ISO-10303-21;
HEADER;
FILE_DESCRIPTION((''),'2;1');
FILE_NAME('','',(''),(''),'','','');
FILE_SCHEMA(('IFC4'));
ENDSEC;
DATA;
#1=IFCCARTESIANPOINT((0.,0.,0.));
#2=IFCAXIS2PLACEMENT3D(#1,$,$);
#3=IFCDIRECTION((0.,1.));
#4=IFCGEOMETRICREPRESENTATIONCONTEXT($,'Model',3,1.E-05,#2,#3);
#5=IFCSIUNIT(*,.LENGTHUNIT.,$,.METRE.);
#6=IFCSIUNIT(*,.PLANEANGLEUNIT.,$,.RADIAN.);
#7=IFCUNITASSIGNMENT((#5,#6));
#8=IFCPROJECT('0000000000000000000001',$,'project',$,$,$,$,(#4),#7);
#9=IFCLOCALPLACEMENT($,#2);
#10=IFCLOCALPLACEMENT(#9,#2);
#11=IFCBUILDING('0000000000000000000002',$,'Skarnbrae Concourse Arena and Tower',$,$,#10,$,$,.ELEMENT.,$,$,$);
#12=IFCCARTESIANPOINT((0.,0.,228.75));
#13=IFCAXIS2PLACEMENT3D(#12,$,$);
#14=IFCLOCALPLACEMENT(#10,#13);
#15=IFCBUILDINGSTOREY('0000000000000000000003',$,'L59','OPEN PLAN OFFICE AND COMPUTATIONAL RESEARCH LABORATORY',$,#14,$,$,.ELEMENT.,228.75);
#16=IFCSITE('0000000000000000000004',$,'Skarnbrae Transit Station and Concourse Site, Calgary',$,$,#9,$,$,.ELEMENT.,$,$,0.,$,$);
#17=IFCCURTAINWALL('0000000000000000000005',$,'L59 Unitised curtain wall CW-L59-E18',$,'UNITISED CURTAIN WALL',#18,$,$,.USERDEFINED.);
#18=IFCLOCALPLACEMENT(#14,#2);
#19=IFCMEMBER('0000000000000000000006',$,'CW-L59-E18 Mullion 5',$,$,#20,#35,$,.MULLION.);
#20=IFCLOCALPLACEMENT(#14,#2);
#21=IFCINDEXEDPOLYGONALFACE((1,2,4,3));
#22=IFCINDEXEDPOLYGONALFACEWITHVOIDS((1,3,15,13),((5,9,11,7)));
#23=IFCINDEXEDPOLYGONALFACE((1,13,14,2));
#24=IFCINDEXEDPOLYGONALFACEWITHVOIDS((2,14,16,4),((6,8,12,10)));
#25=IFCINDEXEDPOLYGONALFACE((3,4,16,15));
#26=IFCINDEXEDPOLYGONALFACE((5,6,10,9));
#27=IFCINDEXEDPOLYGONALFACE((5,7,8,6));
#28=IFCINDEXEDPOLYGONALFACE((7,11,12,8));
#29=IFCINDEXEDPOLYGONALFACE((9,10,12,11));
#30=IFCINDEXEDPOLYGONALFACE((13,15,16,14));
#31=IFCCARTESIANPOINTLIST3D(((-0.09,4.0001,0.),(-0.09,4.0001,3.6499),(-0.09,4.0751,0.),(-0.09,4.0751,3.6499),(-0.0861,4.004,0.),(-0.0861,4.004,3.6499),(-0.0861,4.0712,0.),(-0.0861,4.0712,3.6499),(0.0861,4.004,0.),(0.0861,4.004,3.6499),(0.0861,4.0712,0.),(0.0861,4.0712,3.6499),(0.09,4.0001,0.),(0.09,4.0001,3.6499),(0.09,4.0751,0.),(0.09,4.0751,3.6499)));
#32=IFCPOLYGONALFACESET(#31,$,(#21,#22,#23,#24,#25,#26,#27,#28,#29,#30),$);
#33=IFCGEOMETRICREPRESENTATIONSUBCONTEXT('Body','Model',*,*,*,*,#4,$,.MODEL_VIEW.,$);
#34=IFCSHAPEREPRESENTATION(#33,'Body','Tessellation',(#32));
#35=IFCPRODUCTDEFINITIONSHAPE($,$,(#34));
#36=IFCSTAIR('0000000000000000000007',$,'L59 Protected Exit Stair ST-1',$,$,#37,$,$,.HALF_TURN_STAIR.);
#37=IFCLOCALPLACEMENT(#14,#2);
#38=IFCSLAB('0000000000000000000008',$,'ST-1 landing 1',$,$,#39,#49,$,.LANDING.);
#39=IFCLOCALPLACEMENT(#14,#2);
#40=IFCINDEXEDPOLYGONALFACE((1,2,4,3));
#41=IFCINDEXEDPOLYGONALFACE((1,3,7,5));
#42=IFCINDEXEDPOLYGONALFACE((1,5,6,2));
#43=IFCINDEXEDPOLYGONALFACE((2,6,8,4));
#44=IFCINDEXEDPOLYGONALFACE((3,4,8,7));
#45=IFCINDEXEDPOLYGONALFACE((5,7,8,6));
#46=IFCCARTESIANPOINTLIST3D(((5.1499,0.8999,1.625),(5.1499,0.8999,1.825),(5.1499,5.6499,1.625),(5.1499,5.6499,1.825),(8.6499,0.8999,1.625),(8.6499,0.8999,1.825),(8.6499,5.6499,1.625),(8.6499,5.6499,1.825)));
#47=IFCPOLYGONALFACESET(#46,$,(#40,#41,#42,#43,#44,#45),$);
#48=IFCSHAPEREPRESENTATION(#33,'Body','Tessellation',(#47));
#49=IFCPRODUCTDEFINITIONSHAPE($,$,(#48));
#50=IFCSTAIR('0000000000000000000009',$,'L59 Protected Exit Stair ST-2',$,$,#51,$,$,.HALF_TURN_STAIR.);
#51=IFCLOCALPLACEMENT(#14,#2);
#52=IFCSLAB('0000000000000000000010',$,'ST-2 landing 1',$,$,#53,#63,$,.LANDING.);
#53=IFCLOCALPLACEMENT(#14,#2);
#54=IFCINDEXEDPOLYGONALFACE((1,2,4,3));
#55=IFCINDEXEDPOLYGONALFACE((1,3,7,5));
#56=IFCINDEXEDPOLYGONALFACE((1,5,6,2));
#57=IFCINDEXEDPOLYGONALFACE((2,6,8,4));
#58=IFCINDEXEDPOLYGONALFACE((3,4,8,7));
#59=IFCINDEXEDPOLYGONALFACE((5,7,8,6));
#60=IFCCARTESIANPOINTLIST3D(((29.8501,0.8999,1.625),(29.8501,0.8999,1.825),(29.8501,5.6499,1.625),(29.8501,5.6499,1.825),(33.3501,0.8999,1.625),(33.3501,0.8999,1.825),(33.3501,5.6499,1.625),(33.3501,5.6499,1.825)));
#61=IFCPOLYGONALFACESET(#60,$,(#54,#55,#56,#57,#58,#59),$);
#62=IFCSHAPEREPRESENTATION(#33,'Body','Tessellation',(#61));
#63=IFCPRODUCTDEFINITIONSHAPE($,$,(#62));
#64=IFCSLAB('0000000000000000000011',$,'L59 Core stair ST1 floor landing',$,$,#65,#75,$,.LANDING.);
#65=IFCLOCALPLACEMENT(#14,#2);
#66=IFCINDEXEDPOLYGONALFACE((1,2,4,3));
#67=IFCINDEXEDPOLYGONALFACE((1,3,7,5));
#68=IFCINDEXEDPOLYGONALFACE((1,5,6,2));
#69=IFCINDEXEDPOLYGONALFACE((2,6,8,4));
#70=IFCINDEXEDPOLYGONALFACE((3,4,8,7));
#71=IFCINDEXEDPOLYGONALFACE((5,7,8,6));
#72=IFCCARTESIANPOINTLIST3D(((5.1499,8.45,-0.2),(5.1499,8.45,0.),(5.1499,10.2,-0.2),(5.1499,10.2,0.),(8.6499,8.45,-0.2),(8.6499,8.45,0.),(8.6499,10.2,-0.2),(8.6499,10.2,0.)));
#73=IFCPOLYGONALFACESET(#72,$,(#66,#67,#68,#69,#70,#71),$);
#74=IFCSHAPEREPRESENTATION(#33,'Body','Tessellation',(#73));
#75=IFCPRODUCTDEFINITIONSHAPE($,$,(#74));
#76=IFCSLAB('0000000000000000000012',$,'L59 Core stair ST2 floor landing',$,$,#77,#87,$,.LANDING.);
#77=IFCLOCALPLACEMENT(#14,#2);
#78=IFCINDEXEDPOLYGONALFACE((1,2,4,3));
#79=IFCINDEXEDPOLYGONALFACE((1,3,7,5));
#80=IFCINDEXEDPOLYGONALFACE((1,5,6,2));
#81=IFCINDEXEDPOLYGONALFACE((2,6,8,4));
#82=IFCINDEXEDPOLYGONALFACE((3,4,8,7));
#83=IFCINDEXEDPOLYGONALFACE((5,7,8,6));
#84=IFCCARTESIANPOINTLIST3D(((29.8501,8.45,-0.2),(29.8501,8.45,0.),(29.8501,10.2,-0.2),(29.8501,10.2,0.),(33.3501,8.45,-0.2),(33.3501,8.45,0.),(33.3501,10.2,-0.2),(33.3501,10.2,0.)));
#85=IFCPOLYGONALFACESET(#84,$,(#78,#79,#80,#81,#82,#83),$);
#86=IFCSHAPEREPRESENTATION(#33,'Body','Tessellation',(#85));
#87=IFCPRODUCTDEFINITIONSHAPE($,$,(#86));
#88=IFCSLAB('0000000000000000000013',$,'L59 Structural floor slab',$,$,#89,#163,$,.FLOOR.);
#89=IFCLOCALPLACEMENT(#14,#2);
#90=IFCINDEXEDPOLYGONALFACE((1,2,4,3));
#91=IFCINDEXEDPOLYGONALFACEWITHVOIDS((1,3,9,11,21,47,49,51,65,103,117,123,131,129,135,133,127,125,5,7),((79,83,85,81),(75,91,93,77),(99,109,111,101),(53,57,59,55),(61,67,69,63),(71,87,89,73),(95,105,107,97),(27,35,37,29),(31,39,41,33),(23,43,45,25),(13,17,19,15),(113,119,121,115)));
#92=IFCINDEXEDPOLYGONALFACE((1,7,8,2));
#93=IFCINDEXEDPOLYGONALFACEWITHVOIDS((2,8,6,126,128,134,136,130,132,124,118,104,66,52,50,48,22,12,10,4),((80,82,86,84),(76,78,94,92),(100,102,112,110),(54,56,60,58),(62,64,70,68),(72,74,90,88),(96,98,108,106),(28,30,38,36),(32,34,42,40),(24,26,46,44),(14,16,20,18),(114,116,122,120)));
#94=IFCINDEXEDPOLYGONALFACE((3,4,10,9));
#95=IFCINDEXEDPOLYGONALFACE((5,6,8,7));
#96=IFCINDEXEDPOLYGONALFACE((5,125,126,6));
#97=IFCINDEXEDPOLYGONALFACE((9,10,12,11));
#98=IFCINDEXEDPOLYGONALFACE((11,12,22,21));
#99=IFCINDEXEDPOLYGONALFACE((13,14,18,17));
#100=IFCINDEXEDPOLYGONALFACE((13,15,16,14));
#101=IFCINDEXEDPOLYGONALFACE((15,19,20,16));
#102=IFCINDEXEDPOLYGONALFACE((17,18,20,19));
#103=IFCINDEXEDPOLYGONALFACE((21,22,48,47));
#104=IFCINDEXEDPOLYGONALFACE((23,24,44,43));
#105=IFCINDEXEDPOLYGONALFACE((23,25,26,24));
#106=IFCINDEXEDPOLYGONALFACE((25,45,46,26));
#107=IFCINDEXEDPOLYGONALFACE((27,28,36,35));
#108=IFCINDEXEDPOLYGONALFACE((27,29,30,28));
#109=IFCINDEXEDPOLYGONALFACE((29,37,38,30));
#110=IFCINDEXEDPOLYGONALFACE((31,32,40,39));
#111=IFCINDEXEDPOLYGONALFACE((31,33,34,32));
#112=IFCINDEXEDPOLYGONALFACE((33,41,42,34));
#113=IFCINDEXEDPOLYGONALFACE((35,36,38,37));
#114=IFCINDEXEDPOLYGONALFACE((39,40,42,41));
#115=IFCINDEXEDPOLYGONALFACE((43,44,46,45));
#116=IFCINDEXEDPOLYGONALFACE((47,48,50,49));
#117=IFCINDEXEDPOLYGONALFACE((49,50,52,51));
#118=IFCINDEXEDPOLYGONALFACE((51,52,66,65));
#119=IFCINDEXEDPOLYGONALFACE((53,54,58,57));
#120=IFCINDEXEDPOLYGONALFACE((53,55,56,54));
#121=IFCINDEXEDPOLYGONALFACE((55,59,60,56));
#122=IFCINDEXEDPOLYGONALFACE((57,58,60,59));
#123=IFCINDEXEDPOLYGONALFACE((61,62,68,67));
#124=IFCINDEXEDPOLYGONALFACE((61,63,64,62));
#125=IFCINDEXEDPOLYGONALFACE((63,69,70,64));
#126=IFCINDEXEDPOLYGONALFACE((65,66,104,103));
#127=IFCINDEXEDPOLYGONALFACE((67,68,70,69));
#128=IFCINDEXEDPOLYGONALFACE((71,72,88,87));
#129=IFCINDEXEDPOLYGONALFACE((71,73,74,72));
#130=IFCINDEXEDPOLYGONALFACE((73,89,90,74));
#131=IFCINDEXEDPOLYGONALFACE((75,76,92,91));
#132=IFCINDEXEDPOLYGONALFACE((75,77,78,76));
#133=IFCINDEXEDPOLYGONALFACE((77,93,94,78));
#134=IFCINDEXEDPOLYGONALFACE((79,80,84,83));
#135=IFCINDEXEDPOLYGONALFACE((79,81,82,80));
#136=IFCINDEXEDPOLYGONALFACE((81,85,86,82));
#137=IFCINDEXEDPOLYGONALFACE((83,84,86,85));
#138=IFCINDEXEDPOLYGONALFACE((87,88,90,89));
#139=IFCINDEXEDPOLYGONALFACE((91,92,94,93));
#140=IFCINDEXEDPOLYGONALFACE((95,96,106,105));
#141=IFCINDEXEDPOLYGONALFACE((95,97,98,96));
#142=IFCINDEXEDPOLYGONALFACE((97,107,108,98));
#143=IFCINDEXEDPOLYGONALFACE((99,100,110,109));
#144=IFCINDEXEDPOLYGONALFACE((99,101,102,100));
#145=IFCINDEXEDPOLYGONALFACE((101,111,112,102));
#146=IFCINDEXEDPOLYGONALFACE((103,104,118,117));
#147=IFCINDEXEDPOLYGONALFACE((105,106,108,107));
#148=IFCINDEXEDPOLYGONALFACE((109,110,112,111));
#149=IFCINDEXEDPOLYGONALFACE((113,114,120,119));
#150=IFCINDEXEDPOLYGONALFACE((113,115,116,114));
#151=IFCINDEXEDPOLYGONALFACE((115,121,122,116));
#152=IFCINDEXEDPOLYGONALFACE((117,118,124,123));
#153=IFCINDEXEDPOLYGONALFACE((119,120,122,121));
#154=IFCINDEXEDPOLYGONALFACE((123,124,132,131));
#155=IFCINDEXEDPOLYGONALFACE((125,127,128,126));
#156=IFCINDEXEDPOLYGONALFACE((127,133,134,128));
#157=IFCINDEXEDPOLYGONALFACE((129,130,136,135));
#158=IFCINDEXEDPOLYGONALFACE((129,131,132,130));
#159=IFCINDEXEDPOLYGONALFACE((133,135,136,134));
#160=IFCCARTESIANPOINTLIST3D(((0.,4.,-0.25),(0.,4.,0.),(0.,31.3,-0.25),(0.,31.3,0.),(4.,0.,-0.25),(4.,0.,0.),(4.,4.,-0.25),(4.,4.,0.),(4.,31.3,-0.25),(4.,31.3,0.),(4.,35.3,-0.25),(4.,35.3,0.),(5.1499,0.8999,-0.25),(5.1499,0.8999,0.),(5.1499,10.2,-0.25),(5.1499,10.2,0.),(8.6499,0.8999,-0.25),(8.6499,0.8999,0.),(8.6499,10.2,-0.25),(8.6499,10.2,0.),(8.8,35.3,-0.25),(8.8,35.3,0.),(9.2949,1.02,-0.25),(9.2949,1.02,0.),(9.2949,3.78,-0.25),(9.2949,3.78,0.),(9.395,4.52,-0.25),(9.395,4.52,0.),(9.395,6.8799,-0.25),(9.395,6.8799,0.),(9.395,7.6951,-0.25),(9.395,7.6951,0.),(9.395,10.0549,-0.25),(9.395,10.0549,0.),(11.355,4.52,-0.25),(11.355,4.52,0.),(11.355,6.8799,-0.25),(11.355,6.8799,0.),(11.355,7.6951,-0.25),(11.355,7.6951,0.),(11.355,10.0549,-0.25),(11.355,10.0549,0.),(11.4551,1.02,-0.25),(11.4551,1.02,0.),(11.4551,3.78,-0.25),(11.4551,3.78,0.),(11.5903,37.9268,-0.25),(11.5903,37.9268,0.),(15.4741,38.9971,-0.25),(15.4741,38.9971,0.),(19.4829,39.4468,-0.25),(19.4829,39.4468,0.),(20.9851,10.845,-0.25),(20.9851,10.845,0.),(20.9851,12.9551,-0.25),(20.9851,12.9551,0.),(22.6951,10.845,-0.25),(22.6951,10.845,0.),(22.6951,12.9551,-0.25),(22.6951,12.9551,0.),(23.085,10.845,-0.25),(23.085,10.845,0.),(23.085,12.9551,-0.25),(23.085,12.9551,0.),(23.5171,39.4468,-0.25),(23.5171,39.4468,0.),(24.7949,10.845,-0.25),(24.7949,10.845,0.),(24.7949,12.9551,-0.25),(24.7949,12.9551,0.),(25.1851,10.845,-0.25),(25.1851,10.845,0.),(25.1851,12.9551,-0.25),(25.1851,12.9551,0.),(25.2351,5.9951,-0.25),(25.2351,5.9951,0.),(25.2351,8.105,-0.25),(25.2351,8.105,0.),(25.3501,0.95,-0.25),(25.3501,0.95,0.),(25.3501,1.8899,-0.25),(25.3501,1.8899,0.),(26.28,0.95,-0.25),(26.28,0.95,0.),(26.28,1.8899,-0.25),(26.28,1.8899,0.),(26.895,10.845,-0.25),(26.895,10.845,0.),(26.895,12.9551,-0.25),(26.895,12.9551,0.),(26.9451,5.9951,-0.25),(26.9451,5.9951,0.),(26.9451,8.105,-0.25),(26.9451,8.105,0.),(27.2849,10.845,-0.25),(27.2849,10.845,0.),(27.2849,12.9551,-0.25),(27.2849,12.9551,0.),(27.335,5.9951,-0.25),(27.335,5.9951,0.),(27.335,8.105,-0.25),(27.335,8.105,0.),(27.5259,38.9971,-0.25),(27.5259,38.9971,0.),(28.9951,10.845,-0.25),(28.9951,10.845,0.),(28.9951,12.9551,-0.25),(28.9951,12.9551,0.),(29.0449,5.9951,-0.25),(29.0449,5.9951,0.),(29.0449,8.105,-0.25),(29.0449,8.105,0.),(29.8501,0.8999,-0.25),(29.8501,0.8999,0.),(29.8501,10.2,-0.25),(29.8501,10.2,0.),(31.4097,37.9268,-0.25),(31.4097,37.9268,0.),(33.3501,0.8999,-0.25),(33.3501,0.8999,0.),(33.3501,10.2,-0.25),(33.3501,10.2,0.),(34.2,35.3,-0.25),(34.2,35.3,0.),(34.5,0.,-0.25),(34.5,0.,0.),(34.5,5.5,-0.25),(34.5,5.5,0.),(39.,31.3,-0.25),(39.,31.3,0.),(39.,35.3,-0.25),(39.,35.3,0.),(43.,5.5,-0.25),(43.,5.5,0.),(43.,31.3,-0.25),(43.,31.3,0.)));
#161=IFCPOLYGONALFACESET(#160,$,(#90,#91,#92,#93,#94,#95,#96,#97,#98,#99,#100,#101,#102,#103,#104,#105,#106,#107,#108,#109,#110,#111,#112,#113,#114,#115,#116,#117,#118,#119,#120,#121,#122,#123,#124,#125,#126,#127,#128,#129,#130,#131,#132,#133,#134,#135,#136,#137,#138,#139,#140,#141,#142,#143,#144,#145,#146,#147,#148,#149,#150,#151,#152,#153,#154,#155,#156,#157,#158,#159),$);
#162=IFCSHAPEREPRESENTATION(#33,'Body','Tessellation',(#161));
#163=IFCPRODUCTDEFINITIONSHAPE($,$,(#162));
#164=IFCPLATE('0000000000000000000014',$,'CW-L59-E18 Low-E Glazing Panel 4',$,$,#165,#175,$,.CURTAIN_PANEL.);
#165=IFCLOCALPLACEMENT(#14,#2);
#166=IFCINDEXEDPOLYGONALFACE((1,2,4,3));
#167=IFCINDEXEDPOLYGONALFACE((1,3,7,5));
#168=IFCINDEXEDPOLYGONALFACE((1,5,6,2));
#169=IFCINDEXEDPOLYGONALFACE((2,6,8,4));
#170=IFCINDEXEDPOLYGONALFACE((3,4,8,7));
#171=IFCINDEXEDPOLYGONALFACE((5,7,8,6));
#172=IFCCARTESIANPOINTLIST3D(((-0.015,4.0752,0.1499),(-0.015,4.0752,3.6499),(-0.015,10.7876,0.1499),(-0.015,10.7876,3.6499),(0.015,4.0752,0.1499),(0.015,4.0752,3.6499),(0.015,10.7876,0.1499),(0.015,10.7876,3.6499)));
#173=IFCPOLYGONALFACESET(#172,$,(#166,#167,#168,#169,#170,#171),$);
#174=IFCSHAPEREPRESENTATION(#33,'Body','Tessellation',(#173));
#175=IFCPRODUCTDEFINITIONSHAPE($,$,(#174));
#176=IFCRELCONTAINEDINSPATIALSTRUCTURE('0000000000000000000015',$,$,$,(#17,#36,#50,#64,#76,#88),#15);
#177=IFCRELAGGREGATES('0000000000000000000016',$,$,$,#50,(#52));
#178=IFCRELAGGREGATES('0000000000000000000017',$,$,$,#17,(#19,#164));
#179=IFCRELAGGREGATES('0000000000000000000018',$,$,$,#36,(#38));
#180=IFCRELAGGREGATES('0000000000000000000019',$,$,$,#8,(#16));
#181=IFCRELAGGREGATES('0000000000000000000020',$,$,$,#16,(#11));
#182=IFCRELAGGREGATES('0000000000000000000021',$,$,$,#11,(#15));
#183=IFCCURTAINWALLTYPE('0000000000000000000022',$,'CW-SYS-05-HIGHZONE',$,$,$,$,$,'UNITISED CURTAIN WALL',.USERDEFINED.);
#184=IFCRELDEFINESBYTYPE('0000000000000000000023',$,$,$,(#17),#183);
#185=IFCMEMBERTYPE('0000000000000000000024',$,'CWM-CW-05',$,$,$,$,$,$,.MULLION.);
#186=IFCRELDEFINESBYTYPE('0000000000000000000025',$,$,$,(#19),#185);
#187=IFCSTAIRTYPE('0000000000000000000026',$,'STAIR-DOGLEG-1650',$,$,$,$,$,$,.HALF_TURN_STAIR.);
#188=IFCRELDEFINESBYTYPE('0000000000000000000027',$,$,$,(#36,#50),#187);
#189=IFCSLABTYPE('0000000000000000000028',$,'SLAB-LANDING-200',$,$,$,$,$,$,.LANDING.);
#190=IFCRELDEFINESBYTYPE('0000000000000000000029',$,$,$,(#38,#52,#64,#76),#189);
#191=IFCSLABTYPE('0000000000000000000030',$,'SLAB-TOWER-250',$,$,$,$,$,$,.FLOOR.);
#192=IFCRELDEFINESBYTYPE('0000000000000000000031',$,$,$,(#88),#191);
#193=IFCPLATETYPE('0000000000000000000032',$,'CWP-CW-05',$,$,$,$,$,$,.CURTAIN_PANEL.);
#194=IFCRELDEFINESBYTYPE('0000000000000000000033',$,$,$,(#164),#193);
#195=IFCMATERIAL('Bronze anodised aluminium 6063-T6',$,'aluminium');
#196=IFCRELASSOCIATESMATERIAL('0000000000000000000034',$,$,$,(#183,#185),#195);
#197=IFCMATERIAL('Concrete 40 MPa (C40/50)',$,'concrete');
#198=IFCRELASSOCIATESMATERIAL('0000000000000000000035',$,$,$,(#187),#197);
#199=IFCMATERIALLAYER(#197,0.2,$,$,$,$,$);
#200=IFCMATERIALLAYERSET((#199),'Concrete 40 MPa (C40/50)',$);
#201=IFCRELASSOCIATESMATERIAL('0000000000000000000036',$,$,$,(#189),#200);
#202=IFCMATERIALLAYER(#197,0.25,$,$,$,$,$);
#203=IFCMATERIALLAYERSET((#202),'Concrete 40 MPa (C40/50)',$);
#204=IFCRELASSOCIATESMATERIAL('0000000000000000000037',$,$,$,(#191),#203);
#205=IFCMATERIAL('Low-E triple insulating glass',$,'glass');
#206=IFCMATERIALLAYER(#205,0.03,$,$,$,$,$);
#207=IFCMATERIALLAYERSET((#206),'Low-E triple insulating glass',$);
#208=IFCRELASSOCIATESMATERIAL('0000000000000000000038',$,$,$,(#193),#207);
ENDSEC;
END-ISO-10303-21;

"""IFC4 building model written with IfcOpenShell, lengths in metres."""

from ifc_helpers import new_model, si_unit, direction, frame, origin, origin_2d, place, context, subcontext, project, spatial, polyline, rectangle, hollow_rectangle, outline, extrude, source, transform, mapped, material, layer, layer_set, material_profile, profile_set, type_object, element, aggregate, save


model = new_model("IFC4")

# Units and contexts
model_context = context("Model", 3, precision=1e-05, world=origin(), true_north=direction((0.0, 1.0)))
body_context = subcontext(model_context, "Body", "Model", "MODEL_VIEW")
ifc_project = project(units=[si_unit("LENGTHUNIT", "METRE"), si_unit("PLANEANGLEUNIT", "RADIAN")], contexts=[model_context])

# Site, building, storey
site_placement = place(None, origin())
site = spatial("IfcSite", under=ifc_project, at=site_placement, Name="Skarnbrae Transit Station and Concourse Site, Calgary", CompositionType="ELEMENT", RefElevation=0.0)
building_placement = place(site_placement, origin())
building = spatial("IfcBuilding", under=site, at=building_placement, Name="Skarnbrae Concourse Arena and Tower", CompositionType="ELEMENT")
storey_placement = place(building_placement, frame((0.0, 0.0, 228.75)))
storey = spatial("IfcBuildingStorey", under=building, at=storey_placement, Name="L59", Description="OPEN PLAN OFFICE AND COMPUTATIONAL RESEARCH LABORATORY", CompositionType="ELEMENT", Elevation=228.75)

# Curtain wall, member
ifc_material_1 = material(Name="Bronze anodised aluminium 6063-T6", Category="aluminium")
curtain_wall_type = type_object("IfcCurtainWallType", Name="CW-SYS-05-HIGHZONE", ElementType="UNITISED CURTAIN WALL", PredefinedType="USERDEFINED", material=ifc_material_1)
curtain_wall_placement = place(storey_placement, origin())
curtain_wall = element("IfcCurtainWall", 1, at=curtain_wall_placement, inside=storey, type_object=curtain_wall_type, Name="L59 Unitised curtain wall CW-L59-E18", ObjectType="UNITISED CURTAIN WALL", PredefinedType="USERDEFINED")
ifc_material_profile = material_profile(ifc_material_1, hollow_rectangle(XDim=0.075, YDim=0.1799, WallThickness=0.0039, at=origin_2d()), Name="ALU-MULL-75X180")
ifc_profile_set = profile_set([ifc_material_profile], Name="Bronze anodised aluminium 6063-T6")
member_type = type_object("IfcMemberType", Name="CWM-CW-05", PredefinedType="MULLION", material=ifc_profile_set)
shared_shape_1 = source(origin(), body_context, "Body", "SweptSolid", [
    extrude(hollow_rectangle(XDim=0.075, YDim=0.1799, WallThickness=0.0039, at=origin_2d()), origin(), (0.0, 0.0, 1.0), 3.6499),
])
member_placement = place(storey_placement, frame((0.0, 4.0376, 0.0), z_axis=(0.0, 0.0, 1.0), x_axis=(0.0, -1.0, 0.0)))
member = element("IfcMember", 2, at=member_placement, type_object=member_type, Name="CW-L59-E18 Mullion 5", PredefinedType="MULLION", context=body_context, shape_type="MappedRepresentation", body=[
    mapped(shared_shape_1, transform((0.0, 0.0, 0.0))),
])

# Stairs, slabs
ifc_material_2 = material(Name="Concrete 40 MPa (C40/50)", Category="concrete")
stair_type = type_object("IfcStairType", Name="STAIR-DOGLEG-1650", PredefinedType="HALF_TURN_STAIR", material=ifc_material_2)
stair_1_placement = place(storey_placement, origin())
stair_1 = element("IfcStair", 3, at=stair_1_placement, inside=storey, type_object=stair_type, Name="L59 Protected Exit Stair ST-1", PredefinedType="HALF_TURN_STAIR")
ifc_layer_1 = layer(ifc_material_2, 0.2)
ifc_layer_set_1 = layer_set([ifc_layer_1], Name="Concrete 40 MPa (C40/50)")
slab_type_1 = type_object("IfcSlabType", Name="SLAB-LANDING-200", PredefinedType="LANDING", material=ifc_layer_set_1)
slab_1_placement = place(storey_placement, frame((0.0, 0.0, 1.625)))
slab_1 = element("IfcSlab", 4, at=slab_1_placement, type_object=slab_type_1, Name="ST-1 landing 1", PredefinedType="LANDING", context=body_context, shape_type="SweptSolid", body=[
    extrude(outline(polyline([(5.1499, 5.6499), (5.1499, 0.8999), (8.6499, 0.8999), (8.6499, 5.6499), (5.1499, 5.6499)])), origin(), (0.0, 0.0, 1.0), 0.2),
])
stair_2_placement = place(storey_placement, origin())
stair_2 = element("IfcStair", 5, at=stair_2_placement, inside=storey, type_object=stair_type, Name="L59 Protected Exit Stair ST-2", PredefinedType="HALF_TURN_STAIR")
slab_2_placement = place(storey_placement, frame((0.0, 0.0, 1.625)))
slab_2 = element("IfcSlab", 6, at=slab_2_placement, type_object=slab_type_1, Name="ST-2 landing 1", PredefinedType="LANDING", context=body_context, shape_type="SweptSolid", body=[
    extrude(outline(polyline([(29.8501, 5.6499), (29.8501, 0.8999), (33.3501, 0.8999), (33.3501, 5.6499), (29.8501, 5.6499)])), origin(), (0.0, 0.0, 1.0), 0.2),
])
aggregate(stair_2, [slab_2])

# Slabs
slab_3_placement = place(storey_placement, frame((0.0, 0.0, -0.2)))
element("IfcSlab", 7, at=slab_3_placement, inside=storey, type_object=slab_type_1, Name="L59 Core stair ST1 floor landing", PredefinedType="LANDING", context=body_context, shape_type="SweptSolid", body=[
    extrude(outline(polyline([(5.1499, 10.2), (5.1499, 8.45), (8.6499, 8.45), (8.6499, 10.2), (5.1499, 10.2)])), origin(), (0.0, 0.0, 1.0), 0.2),
])
slab_4_placement = place(storey_placement, frame((0.0, 0.0, -0.2)))
element("IfcSlab", 8, at=slab_4_placement, inside=storey, type_object=slab_type_1, Name="L59 Core stair ST2 floor landing", PredefinedType="LANDING", context=body_context, shape_type="SweptSolid", body=[
    extrude(outline(polyline([(29.8501, 10.2), (29.8501, 8.45), (33.3501, 8.45), (33.3501, 10.2), (29.8501, 10.2)])), origin(), (0.0, 0.0, 1.0), 0.2),
])
ifc_layer_2 = layer(ifc_material_2, 0.25)
ifc_layer_set_2 = layer_set([ifc_layer_2], Name="Concrete 40 MPa (C40/50)")
slab_type_2 = type_object("IfcSlabType", Name="SLAB-TOWER-250", PredefinedType="FLOOR", material=ifc_layer_set_2)
slab_5_placement = place(storey_placement, frame((0.0, 0.0, -0.25)))
element("IfcSlab", 9, at=slab_5_placement, inside=storey, type_object=slab_type_2, Name="L59 Structural floor slab", PredefinedType="FLOOR", context=body_context, shape_type="SweptSolid", body=[
    extrude(outline(polyline([(4.0, 0.0), (34.5, 0.0), (34.5, 5.5), (43.0, 5.5), (43.0, 31.3), (39.0, 31.3), (39.0, 35.3), (34.2, 35.3), (31.4097, 37.9268), (27.5259, 38.9971), (23.5171, 39.4468), (19.4829, 39.4468), (15.4741, 38.9971), (11.5903, 37.9268), (8.8, 35.3), (4.0, 35.3), (4.0, 31.3), (0.0, 31.3), (0.0, 4.0), (4.0, 4.0), (4.0, 0.0)]), holes=[polyline([(9.2949, 1.02), (9.2949, 3.78), (11.4551, 3.78), (11.4551, 1.02), (9.2949, 1.02)]), polyline([(8.6499, 10.2), (8.6499, 0.8999), (5.1499, 0.8999), (5.1499, 10.2), (8.6499, 10.2)]), polyline([(9.395, 6.8799), (11.355, 6.8799), (11.355, 4.52), (9.395, 4.52), (9.395, 6.8799)]), polyline([(9.395, 7.6951), (9.395, 10.0549), (11.355, 10.0549), (11.355, 7.6951), (9.395, 7.6951)]), polyline([(20.9851, 12.9551), (22.6951, 12.9551), (22.6951, 10.845), (20.9851, 10.845), (20.9851, 12.9551)]), polyline([(23.085, 12.9551), (24.7949, 12.9551), (24.7949, 10.845), (23.085, 10.845), (23.085, 12.9551)]), polyline([(25.3501, 0.95), (25.3501, 1.8899), (26.28, 1.8899), (26.28, 0.95), (25.3501, 0.95)]), polyline([(33.3501, 10.2), (33.3501, 0.8999), (29.8501, 0.8999), (29.8501, 10.2), (33.3501, 10.2)]), polyline([(25.2351, 8.105), (26.9451, 8.105), (26.9451, 5.9951), (25.2351, 5.9951), (25.2351, 8.105)]), polyline([(27.335, 5.9951), (27.335, 8.105), (29.0449, 8.105), (29.0449, 5.9951), (27.335, 5.9951)]), polyline([(25.1851, 12.9551), (26.895, 12.9551), (26.895, 10.845), (25.1851, 10.845), (25.1851, 12.9551)]), polyline([(27.2849, 12.9551), (28.9951, 12.9551), (28.9951, 10.845), (27.2849, 10.845), (27.2849, 12.9551)])]), origin(), (0.0, 0.0, 1.0), 0.25),
])

# Plate
ifc_material_3 = material(Name="Low-E triple insulating glass", Category="glass")
ifc_layer_3 = layer(ifc_material_3, 0.03)
ifc_layer_set_3 = layer_set([ifc_layer_3], Name="Low-E triple insulating glass")
plate_type = type_object("IfcPlateType", Name="CWP-CW-05", PredefinedType="CURTAIN_PANEL", material=ifc_layer_set_3)
shared_shape_2 = source(origin(), body_context, "Body", "SweptSolid", [
    extrude(rectangle(XDim=6.7124, YDim=0.03, at=origin_2d()), origin(), (0.0, 0.0, 1.0), 3.5),
])
plate_placement = place(storey_placement, frame((0.0, 7.4314, 0.1499), z_axis=(0.0, 0.0, 1.0), x_axis=(0.0, -1.0, 0.0)))
plate = element("IfcPlate", 10, at=plate_placement, type_object=plate_type, Name="CW-L59-E18 Low-E Glazing Panel 4", PredefinedType="CURTAIN_PANEL", context=body_context, shape_type="MappedRepresentation", body=[
    mapped(shared_shape_2, transform((0.0, 0.0, 0.0))),
])
aggregate(curtain_wall, [member, plate])

aggregate(stair_1, [slab_1])

save(model, "model.ifc")
